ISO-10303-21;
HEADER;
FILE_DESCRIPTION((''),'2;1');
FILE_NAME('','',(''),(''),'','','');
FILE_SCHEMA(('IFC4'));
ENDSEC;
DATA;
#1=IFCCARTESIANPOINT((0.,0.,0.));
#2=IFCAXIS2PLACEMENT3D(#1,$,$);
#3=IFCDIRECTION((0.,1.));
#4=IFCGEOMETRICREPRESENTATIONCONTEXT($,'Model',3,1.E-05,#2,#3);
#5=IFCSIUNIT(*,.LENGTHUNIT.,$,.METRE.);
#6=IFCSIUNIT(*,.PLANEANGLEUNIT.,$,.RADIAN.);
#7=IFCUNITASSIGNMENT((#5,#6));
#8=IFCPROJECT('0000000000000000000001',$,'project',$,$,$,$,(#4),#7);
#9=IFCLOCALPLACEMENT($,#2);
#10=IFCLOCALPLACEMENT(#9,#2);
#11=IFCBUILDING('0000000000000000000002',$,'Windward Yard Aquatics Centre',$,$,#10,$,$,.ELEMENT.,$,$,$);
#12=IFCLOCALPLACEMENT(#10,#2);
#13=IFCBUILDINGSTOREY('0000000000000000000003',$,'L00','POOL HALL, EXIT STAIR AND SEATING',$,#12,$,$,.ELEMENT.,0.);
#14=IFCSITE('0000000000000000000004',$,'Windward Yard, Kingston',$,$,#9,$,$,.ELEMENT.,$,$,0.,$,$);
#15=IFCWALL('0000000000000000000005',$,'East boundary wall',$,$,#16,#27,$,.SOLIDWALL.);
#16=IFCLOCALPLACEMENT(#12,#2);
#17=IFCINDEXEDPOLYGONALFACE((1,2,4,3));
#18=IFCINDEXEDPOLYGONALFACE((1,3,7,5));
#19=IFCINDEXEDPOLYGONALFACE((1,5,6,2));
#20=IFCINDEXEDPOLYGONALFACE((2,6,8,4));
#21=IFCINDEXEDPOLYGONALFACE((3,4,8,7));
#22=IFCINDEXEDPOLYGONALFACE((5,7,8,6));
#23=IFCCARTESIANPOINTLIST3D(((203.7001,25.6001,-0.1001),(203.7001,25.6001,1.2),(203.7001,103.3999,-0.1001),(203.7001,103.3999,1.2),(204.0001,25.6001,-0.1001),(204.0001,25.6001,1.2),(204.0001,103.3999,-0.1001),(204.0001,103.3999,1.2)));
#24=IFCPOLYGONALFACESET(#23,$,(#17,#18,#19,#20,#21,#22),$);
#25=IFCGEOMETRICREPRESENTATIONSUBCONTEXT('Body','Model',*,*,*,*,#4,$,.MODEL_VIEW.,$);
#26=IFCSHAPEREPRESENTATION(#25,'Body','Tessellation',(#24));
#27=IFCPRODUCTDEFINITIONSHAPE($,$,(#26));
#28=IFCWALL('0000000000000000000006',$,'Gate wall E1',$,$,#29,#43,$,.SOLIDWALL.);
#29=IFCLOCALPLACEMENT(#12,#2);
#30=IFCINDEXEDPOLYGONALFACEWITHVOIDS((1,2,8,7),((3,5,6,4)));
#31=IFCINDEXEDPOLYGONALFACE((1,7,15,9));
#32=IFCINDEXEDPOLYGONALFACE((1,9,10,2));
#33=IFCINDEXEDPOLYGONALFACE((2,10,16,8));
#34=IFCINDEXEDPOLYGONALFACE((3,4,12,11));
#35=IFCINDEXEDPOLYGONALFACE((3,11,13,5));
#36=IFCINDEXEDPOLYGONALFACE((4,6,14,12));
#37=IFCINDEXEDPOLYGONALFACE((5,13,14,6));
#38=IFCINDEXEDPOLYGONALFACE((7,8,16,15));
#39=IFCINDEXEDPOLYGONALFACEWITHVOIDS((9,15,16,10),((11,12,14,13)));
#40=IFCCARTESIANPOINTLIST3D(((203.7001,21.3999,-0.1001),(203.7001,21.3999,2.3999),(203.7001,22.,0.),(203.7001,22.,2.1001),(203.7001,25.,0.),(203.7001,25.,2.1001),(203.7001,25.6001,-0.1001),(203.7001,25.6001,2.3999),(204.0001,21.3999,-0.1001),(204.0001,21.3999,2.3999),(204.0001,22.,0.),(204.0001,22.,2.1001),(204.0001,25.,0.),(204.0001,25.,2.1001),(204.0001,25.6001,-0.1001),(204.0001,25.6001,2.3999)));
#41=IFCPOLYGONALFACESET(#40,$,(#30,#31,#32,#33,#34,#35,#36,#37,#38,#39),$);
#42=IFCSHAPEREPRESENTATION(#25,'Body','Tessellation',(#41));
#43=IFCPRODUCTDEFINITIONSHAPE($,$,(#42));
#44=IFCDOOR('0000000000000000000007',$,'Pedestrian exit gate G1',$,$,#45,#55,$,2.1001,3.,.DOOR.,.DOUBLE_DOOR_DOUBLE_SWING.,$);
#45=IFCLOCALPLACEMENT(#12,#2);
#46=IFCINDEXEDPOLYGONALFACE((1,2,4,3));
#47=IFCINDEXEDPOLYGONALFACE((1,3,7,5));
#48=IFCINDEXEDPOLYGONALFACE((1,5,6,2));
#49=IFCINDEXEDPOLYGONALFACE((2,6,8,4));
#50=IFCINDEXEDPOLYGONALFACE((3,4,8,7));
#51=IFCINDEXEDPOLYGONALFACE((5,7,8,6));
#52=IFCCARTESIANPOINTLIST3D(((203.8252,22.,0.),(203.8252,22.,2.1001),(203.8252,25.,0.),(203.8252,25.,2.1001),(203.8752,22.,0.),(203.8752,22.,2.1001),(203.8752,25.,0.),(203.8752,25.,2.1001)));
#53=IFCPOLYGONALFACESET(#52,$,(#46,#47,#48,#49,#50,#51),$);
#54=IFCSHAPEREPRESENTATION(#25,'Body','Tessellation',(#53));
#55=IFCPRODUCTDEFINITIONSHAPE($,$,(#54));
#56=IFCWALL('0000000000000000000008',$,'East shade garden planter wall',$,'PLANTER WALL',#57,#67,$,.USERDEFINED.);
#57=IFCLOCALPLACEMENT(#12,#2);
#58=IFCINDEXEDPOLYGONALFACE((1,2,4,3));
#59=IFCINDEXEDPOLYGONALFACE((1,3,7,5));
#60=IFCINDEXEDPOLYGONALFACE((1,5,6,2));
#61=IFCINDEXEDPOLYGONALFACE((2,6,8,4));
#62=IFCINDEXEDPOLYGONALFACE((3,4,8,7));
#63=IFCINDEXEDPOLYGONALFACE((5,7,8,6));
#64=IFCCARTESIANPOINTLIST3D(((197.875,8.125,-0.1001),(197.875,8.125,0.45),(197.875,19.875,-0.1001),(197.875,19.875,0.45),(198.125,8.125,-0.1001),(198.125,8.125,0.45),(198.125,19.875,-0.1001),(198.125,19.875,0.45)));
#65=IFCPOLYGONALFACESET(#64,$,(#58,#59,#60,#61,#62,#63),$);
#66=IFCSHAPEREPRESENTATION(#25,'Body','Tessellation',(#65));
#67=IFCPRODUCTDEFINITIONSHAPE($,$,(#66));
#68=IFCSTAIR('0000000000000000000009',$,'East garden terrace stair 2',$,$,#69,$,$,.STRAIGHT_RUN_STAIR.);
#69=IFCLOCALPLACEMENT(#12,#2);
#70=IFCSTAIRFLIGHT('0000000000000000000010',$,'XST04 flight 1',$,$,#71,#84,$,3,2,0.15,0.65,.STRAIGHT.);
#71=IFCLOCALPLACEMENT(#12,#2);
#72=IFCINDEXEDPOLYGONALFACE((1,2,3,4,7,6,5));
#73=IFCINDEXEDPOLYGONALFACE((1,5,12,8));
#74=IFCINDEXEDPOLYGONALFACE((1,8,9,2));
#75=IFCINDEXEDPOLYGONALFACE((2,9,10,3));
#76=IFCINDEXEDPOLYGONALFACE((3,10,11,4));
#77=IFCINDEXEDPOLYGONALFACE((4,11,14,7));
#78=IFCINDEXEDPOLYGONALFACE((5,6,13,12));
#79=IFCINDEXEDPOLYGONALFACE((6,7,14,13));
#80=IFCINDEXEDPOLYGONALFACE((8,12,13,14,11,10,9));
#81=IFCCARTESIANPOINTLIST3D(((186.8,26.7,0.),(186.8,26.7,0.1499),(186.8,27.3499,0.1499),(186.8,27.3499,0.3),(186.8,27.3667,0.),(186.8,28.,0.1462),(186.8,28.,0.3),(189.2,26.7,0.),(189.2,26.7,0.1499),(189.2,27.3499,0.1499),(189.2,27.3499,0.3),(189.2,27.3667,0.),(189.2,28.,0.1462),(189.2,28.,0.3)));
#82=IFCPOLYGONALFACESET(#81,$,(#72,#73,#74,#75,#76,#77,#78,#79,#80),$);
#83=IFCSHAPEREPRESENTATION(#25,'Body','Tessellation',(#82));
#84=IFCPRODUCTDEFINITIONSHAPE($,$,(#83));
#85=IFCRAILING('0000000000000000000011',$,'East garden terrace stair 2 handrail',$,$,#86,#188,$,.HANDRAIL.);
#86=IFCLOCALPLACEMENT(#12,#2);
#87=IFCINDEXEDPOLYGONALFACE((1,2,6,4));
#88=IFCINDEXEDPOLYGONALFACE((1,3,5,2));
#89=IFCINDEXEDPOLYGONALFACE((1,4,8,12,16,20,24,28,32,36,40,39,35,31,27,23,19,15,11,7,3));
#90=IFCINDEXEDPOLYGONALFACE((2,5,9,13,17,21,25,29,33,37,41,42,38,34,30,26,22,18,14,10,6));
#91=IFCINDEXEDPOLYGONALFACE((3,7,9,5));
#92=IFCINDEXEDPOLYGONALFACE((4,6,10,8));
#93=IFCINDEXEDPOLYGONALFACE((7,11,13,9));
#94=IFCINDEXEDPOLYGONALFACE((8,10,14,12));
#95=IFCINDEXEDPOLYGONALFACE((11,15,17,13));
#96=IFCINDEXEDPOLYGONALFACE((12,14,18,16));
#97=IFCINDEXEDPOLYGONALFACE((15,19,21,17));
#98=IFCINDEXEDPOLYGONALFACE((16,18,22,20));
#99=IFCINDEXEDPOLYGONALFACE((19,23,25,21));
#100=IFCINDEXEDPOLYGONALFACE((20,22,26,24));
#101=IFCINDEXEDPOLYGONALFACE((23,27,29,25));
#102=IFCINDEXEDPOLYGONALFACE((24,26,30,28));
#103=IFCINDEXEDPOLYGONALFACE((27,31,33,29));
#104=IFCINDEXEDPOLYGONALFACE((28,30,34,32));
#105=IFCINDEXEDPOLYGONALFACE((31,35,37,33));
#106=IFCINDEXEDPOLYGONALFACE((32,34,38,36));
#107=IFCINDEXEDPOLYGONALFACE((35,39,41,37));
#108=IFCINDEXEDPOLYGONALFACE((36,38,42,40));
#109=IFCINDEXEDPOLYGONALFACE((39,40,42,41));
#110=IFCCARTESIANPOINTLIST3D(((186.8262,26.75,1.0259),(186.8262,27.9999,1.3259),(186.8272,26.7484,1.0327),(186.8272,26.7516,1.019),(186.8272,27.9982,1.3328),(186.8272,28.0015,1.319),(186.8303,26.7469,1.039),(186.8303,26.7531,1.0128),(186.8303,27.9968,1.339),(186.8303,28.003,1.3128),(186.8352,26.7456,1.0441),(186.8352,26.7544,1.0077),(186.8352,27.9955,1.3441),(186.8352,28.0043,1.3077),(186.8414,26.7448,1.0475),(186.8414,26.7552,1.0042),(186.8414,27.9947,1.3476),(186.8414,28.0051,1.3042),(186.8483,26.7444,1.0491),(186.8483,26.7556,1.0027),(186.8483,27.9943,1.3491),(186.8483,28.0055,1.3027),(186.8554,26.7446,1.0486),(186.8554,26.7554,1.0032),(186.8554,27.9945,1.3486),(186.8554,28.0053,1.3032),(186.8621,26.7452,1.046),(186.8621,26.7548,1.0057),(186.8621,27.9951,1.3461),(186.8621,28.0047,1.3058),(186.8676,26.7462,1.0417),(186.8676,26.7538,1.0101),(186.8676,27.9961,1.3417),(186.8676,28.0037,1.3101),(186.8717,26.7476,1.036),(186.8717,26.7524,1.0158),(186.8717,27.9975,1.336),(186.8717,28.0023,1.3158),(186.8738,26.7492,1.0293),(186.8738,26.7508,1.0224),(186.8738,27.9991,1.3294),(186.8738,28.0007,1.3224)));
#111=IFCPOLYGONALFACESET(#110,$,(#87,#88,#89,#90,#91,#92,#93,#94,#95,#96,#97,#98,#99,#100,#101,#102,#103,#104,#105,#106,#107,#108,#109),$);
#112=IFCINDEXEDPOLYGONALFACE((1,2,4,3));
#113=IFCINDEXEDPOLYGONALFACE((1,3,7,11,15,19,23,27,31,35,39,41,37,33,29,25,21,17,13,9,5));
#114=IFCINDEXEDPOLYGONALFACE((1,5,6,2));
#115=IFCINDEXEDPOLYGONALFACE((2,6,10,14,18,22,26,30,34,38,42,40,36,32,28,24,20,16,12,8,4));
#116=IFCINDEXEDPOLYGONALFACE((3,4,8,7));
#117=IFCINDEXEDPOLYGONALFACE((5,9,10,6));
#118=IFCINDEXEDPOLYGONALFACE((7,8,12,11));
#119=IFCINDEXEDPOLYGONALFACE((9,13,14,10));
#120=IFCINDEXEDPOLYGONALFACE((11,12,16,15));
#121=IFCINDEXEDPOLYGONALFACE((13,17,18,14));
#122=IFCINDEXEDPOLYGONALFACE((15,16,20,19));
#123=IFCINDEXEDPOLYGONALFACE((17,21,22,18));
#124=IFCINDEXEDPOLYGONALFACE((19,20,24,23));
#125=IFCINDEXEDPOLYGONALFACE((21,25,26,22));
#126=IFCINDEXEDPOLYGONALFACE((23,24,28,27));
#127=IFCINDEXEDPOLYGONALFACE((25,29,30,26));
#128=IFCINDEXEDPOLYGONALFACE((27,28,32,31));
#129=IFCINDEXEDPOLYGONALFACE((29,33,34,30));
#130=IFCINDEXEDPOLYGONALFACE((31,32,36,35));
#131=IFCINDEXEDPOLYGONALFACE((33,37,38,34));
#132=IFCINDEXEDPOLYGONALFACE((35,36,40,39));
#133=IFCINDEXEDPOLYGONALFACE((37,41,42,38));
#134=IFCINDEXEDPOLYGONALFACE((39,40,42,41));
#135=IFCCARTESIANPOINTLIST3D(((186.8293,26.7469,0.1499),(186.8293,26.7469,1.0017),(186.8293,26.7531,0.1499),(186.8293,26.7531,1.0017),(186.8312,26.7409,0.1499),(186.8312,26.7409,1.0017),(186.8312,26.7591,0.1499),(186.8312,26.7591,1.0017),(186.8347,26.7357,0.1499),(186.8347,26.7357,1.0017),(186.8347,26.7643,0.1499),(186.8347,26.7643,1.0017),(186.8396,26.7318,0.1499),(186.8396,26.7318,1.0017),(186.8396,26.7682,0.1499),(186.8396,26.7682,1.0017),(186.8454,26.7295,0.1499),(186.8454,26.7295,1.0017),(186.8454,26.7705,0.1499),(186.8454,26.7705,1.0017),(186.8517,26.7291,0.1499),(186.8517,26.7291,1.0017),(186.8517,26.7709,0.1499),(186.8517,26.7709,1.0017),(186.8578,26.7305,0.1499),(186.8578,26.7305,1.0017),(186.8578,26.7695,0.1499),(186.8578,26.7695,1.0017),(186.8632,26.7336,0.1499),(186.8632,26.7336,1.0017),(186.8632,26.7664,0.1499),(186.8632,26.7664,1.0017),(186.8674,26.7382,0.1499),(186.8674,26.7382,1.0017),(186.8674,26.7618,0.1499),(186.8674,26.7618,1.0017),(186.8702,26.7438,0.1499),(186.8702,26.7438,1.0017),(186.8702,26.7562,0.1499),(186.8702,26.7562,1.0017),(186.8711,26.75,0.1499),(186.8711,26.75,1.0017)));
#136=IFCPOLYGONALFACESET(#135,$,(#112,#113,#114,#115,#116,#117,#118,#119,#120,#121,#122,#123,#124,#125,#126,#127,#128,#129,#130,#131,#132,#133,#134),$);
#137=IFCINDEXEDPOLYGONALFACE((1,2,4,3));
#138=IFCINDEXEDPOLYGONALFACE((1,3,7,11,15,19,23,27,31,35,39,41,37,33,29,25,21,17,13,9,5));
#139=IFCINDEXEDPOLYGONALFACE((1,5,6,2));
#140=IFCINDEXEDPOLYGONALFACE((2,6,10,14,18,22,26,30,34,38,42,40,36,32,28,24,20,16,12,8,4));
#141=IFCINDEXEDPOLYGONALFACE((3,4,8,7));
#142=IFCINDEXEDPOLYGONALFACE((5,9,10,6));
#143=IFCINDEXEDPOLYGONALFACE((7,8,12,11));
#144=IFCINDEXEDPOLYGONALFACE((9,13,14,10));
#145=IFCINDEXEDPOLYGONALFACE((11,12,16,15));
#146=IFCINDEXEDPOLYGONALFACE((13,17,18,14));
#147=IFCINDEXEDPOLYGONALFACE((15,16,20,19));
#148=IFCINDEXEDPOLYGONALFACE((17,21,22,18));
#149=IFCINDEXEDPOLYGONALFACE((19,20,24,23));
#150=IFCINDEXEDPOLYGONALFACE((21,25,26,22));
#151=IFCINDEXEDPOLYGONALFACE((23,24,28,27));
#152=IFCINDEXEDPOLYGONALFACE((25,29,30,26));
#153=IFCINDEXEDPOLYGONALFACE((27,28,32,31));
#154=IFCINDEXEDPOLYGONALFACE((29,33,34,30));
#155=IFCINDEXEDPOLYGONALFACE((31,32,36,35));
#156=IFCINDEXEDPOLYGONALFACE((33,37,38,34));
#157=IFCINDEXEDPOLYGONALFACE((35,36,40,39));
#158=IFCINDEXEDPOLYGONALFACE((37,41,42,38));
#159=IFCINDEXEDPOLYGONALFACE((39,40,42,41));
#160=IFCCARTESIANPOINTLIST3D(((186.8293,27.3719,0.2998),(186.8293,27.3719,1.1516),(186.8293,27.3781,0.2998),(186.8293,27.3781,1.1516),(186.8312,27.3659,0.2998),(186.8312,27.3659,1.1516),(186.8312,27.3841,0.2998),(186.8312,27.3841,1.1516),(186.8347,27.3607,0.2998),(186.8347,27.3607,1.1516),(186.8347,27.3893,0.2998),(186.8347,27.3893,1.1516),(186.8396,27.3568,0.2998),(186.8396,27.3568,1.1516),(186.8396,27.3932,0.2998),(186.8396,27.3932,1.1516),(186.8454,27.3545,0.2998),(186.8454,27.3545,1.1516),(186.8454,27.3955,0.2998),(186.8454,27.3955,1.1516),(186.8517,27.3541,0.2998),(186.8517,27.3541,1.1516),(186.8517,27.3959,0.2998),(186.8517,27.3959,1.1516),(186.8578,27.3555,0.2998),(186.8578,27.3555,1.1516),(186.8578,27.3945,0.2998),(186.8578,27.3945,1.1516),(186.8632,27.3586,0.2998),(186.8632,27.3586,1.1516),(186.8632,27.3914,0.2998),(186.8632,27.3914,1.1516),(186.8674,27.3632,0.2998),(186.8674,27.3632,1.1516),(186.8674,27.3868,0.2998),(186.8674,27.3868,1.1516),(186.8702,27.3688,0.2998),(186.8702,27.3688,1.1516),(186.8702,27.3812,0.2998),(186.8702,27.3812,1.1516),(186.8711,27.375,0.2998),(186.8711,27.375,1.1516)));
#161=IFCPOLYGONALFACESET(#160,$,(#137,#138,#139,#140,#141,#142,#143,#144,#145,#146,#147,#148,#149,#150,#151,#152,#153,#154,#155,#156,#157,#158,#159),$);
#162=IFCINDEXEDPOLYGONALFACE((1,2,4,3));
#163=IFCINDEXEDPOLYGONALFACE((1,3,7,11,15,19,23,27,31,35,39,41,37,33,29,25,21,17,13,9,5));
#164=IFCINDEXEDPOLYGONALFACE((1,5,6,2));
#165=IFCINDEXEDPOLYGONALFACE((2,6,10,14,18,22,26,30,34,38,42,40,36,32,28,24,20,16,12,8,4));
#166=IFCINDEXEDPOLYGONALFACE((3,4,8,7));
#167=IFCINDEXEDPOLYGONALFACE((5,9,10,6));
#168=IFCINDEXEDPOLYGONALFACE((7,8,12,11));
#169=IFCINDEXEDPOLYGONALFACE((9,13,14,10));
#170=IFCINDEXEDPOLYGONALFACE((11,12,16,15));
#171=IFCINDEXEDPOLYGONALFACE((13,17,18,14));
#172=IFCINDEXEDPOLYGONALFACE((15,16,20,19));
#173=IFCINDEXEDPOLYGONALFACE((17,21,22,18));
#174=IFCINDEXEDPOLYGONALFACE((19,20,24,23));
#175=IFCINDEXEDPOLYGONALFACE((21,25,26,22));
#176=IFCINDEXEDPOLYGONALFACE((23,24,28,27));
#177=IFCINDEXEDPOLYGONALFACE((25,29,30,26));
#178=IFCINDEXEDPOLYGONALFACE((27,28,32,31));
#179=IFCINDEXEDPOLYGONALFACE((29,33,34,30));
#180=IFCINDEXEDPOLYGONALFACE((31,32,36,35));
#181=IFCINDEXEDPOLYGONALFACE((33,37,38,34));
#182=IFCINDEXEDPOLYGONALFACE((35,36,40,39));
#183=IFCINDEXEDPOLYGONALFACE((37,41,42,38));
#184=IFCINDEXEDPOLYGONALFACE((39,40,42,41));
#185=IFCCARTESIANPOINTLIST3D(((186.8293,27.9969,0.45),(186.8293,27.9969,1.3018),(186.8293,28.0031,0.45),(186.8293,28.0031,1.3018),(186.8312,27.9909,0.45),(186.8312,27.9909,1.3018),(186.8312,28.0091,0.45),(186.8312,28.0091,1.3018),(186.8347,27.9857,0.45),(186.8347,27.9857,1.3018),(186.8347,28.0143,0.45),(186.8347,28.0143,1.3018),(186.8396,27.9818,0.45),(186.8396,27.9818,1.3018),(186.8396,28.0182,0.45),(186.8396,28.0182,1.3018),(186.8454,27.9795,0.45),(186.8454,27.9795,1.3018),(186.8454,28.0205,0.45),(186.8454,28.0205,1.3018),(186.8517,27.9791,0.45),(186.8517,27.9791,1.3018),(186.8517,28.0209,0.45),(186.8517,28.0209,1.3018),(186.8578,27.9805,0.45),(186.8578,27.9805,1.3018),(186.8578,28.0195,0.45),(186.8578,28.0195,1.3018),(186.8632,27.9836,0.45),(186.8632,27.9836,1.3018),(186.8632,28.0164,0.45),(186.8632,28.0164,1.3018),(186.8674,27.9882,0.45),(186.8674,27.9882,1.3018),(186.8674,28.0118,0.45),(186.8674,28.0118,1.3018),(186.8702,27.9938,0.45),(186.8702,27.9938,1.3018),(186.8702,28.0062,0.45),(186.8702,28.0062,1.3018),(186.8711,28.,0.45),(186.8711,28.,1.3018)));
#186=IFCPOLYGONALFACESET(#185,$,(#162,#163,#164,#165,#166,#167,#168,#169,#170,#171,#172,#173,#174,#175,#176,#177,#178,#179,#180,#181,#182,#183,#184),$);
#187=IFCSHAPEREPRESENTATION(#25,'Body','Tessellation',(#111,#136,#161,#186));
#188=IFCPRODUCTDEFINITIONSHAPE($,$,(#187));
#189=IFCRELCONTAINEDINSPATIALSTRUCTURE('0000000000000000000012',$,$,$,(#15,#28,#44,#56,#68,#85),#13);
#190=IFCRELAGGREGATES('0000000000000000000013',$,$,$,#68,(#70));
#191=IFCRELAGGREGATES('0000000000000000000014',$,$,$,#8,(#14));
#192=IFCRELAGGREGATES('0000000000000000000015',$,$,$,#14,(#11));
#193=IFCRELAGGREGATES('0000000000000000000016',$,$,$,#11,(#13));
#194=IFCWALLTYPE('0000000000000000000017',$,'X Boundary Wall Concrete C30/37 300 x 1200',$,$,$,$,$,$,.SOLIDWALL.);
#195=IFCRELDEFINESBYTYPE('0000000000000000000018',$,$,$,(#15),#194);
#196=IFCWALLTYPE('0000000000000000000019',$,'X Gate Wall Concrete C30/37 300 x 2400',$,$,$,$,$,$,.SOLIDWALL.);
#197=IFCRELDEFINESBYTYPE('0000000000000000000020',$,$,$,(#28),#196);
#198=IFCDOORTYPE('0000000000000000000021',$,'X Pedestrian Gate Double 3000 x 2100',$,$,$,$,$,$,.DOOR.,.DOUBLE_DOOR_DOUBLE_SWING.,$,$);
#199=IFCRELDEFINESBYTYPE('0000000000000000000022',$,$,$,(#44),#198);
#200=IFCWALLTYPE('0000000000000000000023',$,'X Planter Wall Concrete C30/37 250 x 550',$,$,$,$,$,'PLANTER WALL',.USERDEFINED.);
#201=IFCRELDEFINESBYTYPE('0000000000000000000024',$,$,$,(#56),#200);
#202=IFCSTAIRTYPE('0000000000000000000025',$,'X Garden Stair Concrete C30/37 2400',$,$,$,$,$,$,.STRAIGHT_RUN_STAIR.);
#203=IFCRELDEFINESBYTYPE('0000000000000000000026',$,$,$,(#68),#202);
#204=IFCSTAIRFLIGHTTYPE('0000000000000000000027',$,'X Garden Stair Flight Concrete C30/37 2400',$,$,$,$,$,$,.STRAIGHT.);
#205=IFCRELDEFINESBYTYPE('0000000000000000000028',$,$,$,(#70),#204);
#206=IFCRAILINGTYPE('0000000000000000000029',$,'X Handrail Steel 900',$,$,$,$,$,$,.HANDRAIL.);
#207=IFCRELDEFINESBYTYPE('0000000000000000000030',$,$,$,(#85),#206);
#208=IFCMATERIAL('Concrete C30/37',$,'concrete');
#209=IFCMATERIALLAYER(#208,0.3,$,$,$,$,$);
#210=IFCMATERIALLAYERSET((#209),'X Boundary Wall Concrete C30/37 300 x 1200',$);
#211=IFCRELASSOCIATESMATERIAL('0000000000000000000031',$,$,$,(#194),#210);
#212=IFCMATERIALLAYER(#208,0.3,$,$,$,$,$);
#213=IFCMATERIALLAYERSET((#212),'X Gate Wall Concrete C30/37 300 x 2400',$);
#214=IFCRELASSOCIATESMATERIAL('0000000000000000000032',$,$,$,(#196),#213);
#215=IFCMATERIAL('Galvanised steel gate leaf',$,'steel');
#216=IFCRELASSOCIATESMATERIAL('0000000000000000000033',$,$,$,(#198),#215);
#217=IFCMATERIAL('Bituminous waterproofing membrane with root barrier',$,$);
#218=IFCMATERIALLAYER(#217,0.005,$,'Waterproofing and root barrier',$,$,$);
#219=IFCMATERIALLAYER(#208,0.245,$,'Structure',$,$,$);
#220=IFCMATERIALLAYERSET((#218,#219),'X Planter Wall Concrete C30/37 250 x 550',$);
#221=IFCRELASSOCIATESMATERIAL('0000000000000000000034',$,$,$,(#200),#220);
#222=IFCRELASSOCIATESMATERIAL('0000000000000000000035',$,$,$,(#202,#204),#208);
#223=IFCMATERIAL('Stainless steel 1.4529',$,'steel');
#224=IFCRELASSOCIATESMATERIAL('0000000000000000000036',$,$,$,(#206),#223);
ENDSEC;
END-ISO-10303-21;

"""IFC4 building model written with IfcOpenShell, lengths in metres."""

from ifc_helpers import new_model, si_unit, direction, frame, frame_2d, origin, origin_2d, place, context, subcontext, project, spatial, polyline, rectangle, circle, outline, extrude, material, layer, layer_set, type_object, element, fill, aggregate, save


model = new_model("IFC4")

# Units and contexts
model_context = context("Model", 3, precision=1e-05, world=origin(), true_north=direction((0.0, 1.0)))
body_context = subcontext(model_context, "Body", "Model", "MODEL_VIEW")
ifc_project = project(units=[si_unit("LENGTHUNIT", "METRE"), si_unit("PLANEANGLEUNIT", "RADIAN")], contexts=[model_context])

# Site, building, storey
site_placement = place(None, origin())
site = spatial("IfcSite", under=ifc_project, at=site_placement, Name="Windward Yard, Kingston", CompositionType="ELEMENT", RefElevation=0.0)
building_placement = place(site_placement, origin())
building = spatial("IfcBuilding", under=site, at=building_placement, Name="Windward Yard Aquatics Centre", CompositionType="ELEMENT")
storey_placement = place(building_placement, origin())
storey = spatial("IfcBuildingStorey", under=building, at=storey_placement, Name="L00", Description="POOL HALL, EXIT STAIR AND SEATING", CompositionType="ELEMENT", Elevation=0.0)

# Wall
ifc_material_1 = material(Name="Concrete C30/37", Category="concrete")
ifc_layer_1 = layer(ifc_material_1, 0.3)
ifc_layer_set_1 = layer_set([ifc_layer_1], Name="X Boundary Wall Concrete C30/37 300 x 1200")
wall_type_1 = type_object("IfcWallType", Name="X Boundary Wall Concrete C30/37 300 x 1200", PredefinedType="SOLIDWALL", material=ifc_layer_set_1)
wall_1_placement = place(storey_placement, frame((203.8501, 25.6001, -0.1001), z_axis=(0.0, 0.0, 1.0), x_axis=(0.0, 1.0, 0.0)))
element("IfcWall", 1, at=wall_1_placement, inside=storey, type_object=wall_type_1, Name="East boundary wall", PredefinedType="SOLIDWALL", context=body_context, shape_type="SweptSolid", body=[
    extrude(rectangle(XDim=77.7998, YDim=0.3, at=frame_2d((38.8999, 0.0))), origin(), (0.0, 0.0, 1.0), 1.3),
])

# Wall, opening, door
ifc_layer_2 = layer(ifc_material_1, 0.3)
ifc_layer_set_2 = layer_set([ifc_layer_2], Name="X Gate Wall Concrete C30/37 300 x 2400")
wall_type_2 = type_object("IfcWallType", Name="X Gate Wall Concrete C30/37 300 x 2400", PredefinedType="SOLIDWALL", material=ifc_layer_set_2)
wall_2_placement = place(storey_placement, frame((203.8501, 21.3999, -0.1001), z_axis=(0.0, 0.0, 1.0), x_axis=(0.0, 1.0, 0.0)))
wall_2 = element("IfcWall", 2, at=wall_2_placement, inside=storey, type_object=wall_type_2, Name="Gate wall E1", PredefinedType="SOLIDWALL", context=body_context, shape_type="SweptSolid", body=[
    extrude(rectangle(XDim=4.2002, YDim=0.3, at=frame_2d((2.1001, 0.0))), origin(), (0.0, 0.0, 1.0), 2.5),
])
opening_1_placement = place(wall_2_placement, frame((0.6001, 0.0, 0.1001)))
opening_1 = element("IfcOpeningElement", 3, at=opening_1_placement, cuts=wall_2, PredefinedType="OPENING", context=body_context, shape_type="SweptSolid", body=[
    extrude(rectangle(XDim=3.0, YDim=2.1001, at=frame_2d((1.5, 1.05))), frame((0.0, 0.1602, 0.0), z_axis=(0.0, -1.0, 0.0), x_axis=(1.0, 0.0, 0.0)), (0.0, 0.0, 1.0), 0.3201),
])
ifc_material_2 = material(Name="Galvanised steel gate leaf", Category="steel")
door_type = type_object("IfcDoorType", Name="X Pedestrian Gate Double 3000 x 2100", OperationType="DOUBLE_DOOR_DOUBLE_SWING", PredefinedType="DOOR", material=ifc_material_2)
door_placement = place(opening_1_placement, origin())
door = element("IfcDoor", 4, at=door_placement, inside=storey, type_object=door_type, Name="Pedestrian exit gate G1", OperationType="DOUBLE_DOOR_DOUBLE_SWING", OverallHeight=2.1001, OverallWidth=3.0, PredefinedType="DOOR", context=body_context, shape_type="SweptSolid", body=[
    extrude(rectangle(XDim=3.0, YDim=2.1001, at=frame_2d((1.5, 1.05))), frame((0.0, 0.0249, 0.0), z_axis=(0.0, -1.0, 0.0), x_axis=(1.0, 0.0, 0.0)), (0.0, 0.0, 1.0), 0.05),
])
fill(opening_1, door)

# Wall
ifc_material_3 = material(Name="Bituminous waterproofing membrane with root barrier")
ifc_layer_3 = layer(ifc_material_3, 0.005, Name="Waterproofing and root barrier")
ifc_layer_4 = layer(ifc_material_1, 0.245, Name="Structure")
ifc_layer_set_3 = layer_set([ifc_layer_3, ifc_layer_4], Name="X Planter Wall Concrete C30/37 250 x 550")
wall_type_3 = type_object("IfcWallType", Name="X Planter Wall Concrete C30/37 250 x 550", ElementType="PLANTER WALL", PredefinedType="USERDEFINED", material=ifc_layer_set_3)
wall_3_placement = place(storey_placement, frame((198.0, 8.125, -0.1001), z_axis=(0.0, 0.0, 1.0), x_axis=(0.0, 1.0, 0.0)))
element("IfcWall", 5, at=wall_3_placement, inside=storey, type_object=wall_type_3, Name="East shade garden planter wall", ObjectType="PLANTER WALL", PredefinedType="USERDEFINED", context=body_context, shape_type="SweptSolid", body=[
    extrude(rectangle(XDim=11.75, YDim=0.25, at=frame_2d((5.875, 0.0))), origin(), (0.0, 0.0, 1.0), 0.55),
])

# Stair, stair flight
stair_type = type_object("IfcStairType", Name="X Garden Stair Concrete C30/37 2400", PredefinedType="STRAIGHT_RUN_STAIR", material=ifc_material_1)
stair_placement = place(storey_placement, origin())
stair = element("IfcStair", 6, at=stair_placement, inside=storey, type_object=stair_type, Name="East garden terrace stair 2", PredefinedType="STRAIGHT_RUN_STAIR")
stair_flight_type = type_object("IfcStairFlightType", Name="X Garden Stair Flight Concrete C30/37 2400", PredefinedType="STRAIGHT", material=ifc_material_1)
stair_flight_placement = place(storey_placement, frame((188.0, 26.7, 0.0), z_axis=(0.0, 0.0, 1.0), x_axis=(0.0, 1.0, 0.0)))
stair_flight = element("IfcStairFlight", 7, at=stair_flight_placement, type_object=stair_flight_type, Name="XST04 flight 1", NumberOfRisers=3, NumberOfTreads=2, PredefinedType="STRAIGHT", RiserHeight=0.15, TreadLength=0.65, context=body_context, shape_type="SweptSolid", body=[
    extrude(outline(polyline([(0.0, 0.0), (0.0, 0.1499), (0.6499, 0.1499), (0.6499, 0.3), (1.3, 0.3), (1.3, 0.45), (1.3, 0.1462), (0.6667, 0.0), (0.0, 0.0)])), frame((0.0, 1.2, 0.0), z_axis=(0.0, -1.0, 0.0), x_axis=(1.0, 0.0, 0.0)), (0.0, 0.0, 1.0), 2.3999),
])
aggregate(stair, [stair_flight])

# Railing
ifc_material_4 = material(Name="Stainless steel 1.4529", Category="steel")
railing_type = type_object("IfcRailingType", Name="X Handrail Steel 900", PredefinedType="HANDRAIL", material=ifc_material_4)
for number, where, name in (
    (8, (186.8501, 26.75, 0.1499), "East garden terrace stair 2 handrail"),
):
    element("IfcRailing", number, at=place(storey_placement, frame(where)), inside=storey, type_object=railing_type, Name=name, PredefinedType="HANDRAIL", context=body_context, shape_type="SweptSolid", body=[
        extrude(circle(Radius=0.0239, at=origin_2d()), frame((0.0, 0.0, 0.876), z_axis=(0.0, 0.972379, 0.233409), x_axis=(-1.0, 0.0, 0.0)), (0.0, 0.0, 1.0), 1.2854),
        extrude(circle(Radius=0.021, at=origin_2d()), origin(), (0.0, 0.0, 1.0), 0.8518),
        extrude(circle(Radius=0.021, at=origin_2d()), frame((0.0, 0.625, 0.1499)), (0.0, 0.0, 1.0), 0.8518),
        extrude(circle(Radius=0.021, at=origin_2d()), frame((0.0, 1.25, 0.3)), (0.0, 0.0, 1.0), 0.8518),
    ])

save(model, "model.ifc")
